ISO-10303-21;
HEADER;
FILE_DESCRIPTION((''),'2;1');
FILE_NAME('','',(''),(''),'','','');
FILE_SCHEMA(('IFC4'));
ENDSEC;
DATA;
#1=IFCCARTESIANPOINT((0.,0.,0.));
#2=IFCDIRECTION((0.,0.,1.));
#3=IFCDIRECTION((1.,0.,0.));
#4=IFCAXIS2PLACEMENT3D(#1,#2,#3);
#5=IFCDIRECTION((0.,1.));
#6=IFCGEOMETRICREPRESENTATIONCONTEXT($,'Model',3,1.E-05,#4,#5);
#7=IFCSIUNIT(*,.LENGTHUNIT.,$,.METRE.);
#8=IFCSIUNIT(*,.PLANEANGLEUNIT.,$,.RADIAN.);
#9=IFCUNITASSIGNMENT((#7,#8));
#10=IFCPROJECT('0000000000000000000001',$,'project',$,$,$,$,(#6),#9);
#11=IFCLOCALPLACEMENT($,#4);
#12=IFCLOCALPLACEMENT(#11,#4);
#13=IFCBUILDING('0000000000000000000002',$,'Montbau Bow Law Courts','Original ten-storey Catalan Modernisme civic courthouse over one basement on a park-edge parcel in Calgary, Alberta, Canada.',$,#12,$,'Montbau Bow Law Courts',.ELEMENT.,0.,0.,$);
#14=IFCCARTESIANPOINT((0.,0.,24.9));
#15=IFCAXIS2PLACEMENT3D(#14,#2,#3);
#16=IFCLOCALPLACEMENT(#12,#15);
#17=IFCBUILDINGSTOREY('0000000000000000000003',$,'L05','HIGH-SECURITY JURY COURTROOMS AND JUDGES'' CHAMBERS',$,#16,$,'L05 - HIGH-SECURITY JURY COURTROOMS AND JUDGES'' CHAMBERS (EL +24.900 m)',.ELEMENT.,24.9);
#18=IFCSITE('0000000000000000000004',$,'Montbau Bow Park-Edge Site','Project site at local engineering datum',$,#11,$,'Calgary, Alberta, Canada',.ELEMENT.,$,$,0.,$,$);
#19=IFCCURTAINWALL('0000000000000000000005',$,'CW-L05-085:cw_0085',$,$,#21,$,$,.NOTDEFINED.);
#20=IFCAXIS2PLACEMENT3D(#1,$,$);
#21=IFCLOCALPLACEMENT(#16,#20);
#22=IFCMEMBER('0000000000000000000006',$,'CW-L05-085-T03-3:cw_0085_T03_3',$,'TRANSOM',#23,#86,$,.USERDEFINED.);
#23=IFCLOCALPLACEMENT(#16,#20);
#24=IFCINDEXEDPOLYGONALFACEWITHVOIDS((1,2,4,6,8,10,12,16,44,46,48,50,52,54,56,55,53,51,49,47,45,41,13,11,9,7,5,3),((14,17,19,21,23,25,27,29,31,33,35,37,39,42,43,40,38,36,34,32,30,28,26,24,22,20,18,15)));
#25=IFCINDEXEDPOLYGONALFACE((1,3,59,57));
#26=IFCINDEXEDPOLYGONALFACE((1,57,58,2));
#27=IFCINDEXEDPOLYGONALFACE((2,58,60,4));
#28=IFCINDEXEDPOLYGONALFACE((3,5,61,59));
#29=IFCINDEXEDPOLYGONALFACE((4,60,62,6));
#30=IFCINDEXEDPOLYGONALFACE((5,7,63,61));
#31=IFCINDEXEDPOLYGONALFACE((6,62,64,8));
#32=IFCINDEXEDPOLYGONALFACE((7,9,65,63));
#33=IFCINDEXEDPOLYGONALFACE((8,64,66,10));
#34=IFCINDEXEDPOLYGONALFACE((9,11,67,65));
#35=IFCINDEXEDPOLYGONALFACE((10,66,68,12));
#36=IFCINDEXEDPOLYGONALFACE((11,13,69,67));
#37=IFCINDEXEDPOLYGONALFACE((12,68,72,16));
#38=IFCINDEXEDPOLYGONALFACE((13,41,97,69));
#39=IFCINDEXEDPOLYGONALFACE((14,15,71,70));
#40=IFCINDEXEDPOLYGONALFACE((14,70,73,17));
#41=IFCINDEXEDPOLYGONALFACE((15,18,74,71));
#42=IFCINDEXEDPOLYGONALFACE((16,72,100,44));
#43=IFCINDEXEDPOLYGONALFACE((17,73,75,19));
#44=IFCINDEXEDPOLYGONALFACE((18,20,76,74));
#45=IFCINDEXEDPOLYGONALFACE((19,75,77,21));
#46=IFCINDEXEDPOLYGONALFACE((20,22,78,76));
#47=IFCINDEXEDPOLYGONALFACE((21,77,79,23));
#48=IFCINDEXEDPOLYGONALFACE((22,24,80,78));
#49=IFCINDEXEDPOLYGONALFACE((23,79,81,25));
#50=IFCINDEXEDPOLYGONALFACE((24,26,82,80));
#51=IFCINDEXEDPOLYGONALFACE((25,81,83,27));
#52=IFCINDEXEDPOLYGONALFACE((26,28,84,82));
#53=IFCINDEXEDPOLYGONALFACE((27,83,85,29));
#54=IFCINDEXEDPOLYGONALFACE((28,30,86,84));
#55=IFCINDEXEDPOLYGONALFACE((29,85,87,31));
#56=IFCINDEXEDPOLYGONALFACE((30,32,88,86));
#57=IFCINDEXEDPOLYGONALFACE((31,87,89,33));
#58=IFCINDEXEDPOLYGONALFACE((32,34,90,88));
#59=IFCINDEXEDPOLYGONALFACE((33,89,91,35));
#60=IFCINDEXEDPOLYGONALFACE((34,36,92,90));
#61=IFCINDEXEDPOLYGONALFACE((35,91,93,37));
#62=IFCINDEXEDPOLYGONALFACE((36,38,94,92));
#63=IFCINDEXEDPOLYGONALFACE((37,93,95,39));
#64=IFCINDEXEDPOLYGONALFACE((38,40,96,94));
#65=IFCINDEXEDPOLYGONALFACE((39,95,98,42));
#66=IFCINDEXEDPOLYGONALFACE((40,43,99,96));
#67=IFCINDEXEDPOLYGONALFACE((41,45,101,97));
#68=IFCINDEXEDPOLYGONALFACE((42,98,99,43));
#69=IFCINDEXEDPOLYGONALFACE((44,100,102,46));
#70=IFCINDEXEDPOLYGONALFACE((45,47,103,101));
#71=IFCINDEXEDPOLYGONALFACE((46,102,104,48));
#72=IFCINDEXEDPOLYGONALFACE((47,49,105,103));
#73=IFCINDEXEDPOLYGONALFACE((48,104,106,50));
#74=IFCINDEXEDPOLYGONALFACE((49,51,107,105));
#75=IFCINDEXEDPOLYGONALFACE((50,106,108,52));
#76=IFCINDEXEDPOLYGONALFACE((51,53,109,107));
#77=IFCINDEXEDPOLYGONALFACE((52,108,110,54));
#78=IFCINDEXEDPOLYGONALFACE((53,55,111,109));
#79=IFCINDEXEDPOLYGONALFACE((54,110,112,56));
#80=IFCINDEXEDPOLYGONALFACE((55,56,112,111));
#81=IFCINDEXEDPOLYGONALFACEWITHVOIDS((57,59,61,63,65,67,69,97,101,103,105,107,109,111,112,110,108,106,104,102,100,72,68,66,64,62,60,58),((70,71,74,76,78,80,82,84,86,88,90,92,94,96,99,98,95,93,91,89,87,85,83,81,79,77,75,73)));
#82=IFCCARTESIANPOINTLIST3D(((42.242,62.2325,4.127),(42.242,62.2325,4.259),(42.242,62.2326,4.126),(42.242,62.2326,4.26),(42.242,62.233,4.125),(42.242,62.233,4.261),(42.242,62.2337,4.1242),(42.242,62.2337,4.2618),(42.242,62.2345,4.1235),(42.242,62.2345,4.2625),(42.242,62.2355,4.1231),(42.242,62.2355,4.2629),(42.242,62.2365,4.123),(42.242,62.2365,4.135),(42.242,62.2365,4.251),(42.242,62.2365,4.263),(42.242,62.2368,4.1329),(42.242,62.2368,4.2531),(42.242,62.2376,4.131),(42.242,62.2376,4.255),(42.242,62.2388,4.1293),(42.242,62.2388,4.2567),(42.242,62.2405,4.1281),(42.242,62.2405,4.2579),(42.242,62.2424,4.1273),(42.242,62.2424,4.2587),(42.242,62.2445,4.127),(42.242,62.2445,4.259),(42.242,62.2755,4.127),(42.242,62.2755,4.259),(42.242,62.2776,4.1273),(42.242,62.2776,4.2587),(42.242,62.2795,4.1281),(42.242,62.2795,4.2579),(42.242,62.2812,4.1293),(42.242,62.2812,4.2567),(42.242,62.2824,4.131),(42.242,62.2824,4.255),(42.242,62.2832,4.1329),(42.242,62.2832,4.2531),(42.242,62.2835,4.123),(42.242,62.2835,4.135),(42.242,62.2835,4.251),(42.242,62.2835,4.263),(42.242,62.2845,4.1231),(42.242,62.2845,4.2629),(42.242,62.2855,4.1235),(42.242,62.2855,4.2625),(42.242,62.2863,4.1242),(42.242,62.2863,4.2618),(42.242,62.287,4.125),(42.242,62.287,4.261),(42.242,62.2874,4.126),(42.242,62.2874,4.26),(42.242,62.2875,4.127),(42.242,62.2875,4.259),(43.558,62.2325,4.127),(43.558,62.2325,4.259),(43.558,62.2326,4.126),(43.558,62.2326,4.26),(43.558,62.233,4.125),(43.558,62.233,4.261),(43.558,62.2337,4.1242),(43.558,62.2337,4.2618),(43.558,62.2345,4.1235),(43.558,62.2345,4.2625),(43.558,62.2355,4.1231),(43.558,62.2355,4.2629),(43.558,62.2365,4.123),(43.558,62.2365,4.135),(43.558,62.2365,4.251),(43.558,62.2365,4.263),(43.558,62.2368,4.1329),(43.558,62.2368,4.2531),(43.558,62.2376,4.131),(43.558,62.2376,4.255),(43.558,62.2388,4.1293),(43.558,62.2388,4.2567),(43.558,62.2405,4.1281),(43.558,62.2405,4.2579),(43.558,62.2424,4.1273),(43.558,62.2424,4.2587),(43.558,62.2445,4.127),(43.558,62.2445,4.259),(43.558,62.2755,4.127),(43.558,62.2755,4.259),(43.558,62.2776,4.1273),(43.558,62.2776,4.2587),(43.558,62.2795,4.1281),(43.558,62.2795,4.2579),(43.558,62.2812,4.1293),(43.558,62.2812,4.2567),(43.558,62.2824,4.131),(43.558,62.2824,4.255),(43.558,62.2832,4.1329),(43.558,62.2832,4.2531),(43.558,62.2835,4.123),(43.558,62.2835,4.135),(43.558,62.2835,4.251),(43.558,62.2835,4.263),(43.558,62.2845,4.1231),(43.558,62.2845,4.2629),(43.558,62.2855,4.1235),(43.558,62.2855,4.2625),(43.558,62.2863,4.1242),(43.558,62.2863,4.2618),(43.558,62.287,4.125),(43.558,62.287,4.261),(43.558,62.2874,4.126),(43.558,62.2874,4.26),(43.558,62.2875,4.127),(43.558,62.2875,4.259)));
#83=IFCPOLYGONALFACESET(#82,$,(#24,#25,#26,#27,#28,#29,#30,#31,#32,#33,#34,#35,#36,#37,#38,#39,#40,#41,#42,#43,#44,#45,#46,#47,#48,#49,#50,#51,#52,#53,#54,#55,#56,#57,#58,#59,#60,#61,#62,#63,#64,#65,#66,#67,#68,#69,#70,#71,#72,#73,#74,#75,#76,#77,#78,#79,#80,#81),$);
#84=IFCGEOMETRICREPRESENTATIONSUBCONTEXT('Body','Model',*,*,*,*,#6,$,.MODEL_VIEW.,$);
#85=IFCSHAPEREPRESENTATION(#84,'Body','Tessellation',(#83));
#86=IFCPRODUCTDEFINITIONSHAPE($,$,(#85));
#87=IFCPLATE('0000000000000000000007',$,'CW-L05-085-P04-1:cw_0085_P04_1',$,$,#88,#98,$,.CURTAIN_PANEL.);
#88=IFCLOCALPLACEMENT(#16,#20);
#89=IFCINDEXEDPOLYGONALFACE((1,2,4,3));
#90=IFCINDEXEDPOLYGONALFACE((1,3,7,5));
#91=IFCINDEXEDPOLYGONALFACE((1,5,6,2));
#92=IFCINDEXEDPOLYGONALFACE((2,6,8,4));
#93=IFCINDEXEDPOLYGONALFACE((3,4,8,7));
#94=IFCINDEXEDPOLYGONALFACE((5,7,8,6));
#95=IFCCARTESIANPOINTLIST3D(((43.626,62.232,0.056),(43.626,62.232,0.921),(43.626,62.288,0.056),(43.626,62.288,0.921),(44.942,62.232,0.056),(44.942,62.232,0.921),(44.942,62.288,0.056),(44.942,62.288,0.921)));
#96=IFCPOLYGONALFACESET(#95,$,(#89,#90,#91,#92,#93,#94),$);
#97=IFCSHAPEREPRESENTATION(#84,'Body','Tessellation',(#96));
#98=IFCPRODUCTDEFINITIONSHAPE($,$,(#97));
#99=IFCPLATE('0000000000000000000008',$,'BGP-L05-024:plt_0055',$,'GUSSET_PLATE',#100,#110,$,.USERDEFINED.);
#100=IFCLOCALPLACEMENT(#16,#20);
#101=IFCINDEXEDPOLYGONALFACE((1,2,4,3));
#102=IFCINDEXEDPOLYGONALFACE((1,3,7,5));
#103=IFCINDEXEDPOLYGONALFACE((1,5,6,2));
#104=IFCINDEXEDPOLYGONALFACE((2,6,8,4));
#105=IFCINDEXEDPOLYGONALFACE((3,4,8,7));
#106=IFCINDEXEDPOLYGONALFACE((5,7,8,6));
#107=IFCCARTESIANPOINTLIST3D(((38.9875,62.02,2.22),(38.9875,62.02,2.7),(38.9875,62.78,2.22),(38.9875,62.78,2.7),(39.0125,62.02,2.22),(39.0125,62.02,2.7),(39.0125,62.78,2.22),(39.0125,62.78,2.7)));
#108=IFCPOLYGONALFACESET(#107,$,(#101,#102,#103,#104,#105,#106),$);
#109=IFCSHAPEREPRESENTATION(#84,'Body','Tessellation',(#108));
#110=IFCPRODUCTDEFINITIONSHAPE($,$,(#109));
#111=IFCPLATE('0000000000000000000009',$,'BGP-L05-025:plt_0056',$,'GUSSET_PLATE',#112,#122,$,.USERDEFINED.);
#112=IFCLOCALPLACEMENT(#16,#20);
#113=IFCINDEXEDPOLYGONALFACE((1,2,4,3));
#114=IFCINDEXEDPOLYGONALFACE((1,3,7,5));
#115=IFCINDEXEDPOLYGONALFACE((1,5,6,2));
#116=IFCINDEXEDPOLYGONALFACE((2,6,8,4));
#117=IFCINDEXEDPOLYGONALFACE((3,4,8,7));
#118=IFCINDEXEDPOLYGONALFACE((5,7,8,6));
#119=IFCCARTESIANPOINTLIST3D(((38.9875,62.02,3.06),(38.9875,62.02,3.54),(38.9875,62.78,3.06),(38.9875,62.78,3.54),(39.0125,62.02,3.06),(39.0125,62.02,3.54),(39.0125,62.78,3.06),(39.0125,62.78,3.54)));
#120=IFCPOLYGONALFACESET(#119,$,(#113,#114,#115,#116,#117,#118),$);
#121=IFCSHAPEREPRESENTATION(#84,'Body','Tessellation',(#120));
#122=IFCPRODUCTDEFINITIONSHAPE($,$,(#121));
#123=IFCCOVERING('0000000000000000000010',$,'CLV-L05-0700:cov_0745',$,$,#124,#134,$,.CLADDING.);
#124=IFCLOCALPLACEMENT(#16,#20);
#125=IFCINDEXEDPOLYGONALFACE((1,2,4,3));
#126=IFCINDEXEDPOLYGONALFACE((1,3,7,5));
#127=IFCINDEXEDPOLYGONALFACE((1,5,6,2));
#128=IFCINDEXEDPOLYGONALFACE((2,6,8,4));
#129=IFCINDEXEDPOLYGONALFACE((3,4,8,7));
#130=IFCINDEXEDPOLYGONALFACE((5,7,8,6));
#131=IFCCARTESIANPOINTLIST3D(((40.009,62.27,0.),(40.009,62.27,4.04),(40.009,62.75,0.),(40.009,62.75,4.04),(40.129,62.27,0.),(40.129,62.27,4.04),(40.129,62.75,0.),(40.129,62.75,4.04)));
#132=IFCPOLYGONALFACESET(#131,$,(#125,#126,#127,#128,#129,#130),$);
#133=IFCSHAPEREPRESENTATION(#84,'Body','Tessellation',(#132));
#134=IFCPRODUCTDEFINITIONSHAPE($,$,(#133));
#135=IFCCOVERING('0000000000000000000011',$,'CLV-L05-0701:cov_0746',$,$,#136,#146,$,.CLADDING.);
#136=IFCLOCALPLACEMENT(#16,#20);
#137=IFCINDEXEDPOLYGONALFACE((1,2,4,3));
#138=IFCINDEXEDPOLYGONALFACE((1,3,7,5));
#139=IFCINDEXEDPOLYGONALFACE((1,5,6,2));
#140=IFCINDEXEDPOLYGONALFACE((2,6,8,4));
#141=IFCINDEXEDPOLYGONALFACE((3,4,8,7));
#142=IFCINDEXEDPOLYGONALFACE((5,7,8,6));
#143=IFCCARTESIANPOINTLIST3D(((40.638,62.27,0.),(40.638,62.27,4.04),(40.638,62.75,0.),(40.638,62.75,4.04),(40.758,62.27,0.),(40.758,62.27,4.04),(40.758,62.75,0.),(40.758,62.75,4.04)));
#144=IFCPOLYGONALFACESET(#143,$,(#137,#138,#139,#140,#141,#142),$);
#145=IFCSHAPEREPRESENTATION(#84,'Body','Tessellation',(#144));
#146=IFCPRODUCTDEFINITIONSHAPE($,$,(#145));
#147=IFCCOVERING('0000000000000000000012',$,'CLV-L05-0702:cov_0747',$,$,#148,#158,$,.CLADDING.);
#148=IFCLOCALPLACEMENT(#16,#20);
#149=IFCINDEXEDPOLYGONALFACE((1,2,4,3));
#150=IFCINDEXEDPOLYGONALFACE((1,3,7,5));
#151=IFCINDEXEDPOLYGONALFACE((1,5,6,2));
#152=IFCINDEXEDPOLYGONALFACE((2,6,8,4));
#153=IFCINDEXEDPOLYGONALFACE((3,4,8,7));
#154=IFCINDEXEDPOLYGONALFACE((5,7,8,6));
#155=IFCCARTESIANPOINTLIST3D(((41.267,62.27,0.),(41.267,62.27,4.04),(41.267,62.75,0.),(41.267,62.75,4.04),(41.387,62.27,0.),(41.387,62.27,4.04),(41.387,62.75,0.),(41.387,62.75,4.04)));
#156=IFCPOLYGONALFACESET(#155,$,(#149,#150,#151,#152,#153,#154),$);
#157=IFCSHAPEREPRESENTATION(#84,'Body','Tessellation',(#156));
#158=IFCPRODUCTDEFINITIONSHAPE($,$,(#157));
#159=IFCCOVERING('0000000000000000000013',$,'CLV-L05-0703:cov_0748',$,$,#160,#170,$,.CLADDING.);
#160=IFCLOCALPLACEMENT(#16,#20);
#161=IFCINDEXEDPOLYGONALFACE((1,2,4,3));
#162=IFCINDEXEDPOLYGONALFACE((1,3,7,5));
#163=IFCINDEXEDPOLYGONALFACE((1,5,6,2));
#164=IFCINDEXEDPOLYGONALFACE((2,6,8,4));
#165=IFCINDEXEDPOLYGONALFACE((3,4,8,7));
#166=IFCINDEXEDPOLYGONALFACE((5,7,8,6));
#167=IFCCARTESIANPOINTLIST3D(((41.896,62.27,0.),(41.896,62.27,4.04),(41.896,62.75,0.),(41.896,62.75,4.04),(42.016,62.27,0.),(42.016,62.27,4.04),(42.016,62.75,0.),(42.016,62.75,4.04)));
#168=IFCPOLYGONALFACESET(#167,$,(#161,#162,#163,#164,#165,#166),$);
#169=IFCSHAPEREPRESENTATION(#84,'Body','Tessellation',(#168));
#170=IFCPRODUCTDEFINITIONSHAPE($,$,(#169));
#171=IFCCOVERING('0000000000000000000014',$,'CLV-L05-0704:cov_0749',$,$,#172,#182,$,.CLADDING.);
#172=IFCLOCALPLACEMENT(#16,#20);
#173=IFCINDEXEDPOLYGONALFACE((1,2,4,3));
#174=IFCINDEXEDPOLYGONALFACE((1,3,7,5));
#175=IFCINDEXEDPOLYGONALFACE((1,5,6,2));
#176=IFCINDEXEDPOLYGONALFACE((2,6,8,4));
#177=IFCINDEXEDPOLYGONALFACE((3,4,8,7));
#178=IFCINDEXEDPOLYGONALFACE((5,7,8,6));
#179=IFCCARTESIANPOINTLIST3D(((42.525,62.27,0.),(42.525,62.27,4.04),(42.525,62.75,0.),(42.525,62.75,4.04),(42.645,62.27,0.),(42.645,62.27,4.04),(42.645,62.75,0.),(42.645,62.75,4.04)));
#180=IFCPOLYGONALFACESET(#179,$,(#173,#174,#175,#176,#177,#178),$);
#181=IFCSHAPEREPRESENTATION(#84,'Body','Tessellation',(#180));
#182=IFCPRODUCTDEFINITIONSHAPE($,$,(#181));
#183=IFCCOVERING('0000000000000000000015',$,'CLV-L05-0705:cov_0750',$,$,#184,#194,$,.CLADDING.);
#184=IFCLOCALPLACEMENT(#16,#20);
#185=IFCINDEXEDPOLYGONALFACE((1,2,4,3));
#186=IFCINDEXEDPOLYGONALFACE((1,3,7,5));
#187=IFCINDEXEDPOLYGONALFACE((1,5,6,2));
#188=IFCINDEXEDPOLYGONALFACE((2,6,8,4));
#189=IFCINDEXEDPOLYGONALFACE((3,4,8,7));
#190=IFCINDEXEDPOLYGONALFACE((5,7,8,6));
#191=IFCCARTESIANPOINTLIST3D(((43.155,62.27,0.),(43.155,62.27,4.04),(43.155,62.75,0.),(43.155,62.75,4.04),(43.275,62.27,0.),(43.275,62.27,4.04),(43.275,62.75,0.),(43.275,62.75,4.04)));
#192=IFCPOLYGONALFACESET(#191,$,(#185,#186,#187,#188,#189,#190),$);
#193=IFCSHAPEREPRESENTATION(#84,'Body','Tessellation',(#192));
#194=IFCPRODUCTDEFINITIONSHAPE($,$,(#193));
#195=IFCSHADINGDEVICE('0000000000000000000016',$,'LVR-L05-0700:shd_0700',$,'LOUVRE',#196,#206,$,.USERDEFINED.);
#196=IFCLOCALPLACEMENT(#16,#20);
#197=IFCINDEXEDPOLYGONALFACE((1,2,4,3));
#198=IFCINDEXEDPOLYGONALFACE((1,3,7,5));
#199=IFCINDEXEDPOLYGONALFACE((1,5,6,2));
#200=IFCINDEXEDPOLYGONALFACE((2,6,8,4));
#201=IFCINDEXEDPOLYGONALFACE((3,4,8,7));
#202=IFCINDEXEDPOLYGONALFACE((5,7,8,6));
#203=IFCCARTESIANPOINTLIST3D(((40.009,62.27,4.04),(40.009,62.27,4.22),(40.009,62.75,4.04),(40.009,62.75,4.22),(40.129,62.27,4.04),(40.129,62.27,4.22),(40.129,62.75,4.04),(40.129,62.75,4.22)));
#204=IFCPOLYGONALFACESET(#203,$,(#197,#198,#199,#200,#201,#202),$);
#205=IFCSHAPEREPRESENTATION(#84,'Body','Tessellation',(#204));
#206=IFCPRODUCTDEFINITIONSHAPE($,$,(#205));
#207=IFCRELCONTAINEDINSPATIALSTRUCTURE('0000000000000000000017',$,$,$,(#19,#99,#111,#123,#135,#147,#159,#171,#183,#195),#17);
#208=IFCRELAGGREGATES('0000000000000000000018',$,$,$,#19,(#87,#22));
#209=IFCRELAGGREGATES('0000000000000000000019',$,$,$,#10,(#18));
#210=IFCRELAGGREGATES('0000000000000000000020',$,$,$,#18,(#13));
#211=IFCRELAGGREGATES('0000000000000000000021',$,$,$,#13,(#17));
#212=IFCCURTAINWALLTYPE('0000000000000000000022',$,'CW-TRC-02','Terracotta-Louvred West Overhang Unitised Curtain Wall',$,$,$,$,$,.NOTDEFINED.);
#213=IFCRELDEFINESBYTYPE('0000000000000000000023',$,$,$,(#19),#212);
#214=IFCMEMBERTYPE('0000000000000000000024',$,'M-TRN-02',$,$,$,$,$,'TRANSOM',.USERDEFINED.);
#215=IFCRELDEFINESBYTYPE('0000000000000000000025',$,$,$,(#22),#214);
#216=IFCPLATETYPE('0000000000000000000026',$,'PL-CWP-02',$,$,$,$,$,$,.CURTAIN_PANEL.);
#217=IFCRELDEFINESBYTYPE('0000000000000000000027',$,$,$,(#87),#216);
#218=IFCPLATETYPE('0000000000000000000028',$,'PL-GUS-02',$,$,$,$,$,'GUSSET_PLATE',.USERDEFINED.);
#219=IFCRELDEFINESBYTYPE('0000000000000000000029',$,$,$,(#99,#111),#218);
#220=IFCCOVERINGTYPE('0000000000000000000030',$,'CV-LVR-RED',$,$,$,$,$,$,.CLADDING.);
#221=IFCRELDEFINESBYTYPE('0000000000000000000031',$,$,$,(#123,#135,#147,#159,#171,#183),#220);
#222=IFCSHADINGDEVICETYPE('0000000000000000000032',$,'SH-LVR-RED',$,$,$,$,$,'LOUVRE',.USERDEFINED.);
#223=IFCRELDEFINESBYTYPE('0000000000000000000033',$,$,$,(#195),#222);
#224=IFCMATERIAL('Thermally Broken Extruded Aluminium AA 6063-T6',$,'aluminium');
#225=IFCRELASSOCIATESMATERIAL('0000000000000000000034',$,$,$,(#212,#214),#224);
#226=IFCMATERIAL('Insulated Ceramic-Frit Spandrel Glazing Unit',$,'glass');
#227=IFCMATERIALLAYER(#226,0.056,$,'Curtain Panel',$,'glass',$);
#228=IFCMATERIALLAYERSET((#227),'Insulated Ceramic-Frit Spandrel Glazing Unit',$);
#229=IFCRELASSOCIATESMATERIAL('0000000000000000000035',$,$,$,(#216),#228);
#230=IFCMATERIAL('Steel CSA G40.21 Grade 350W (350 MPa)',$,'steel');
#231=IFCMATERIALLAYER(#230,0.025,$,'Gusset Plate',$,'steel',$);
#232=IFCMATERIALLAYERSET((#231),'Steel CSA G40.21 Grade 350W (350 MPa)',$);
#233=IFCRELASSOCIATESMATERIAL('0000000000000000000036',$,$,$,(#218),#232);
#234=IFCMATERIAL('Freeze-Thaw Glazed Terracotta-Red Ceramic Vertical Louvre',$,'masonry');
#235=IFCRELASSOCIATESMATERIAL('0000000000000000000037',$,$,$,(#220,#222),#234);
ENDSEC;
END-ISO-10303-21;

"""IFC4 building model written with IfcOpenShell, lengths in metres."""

from ifc_helpers import new_model, si_unit, direction, frame, frame_2d, origin_with_axes, origin_2d_with_axis, place, context, subcontext, project, spatial, rectangle, hollow_rectangle, extrude, material, layer, layer_set, material_profile, profile_set, type_object, element, aggregate, save


model = new_model("IFC4")

# Units and contexts
model_context = context("Model", 3, precision=1e-05, world=origin_with_axes(), true_north=direction((0.0, 1.0)))
body_context = subcontext(model_context, "Body", "Model", "MODEL_VIEW")
ifc_project = project(units=[si_unit("LENGTHUNIT", "METRE"), si_unit("PLANEANGLEUNIT", "RADIAN")], contexts=[model_context])

# Site, building, storey
site_placement = place(None, origin_with_axes())
site = spatial("IfcSite", under=ifc_project, at=site_placement, Name="Montbau Bow Park-Edge Site", Description="Project site at local engineering datum", LongName="Calgary, Alberta, Canada", CompositionType="ELEMENT", RefElevation=0.0)
building_placement = place(site_placement, origin_with_axes())
building = spatial("IfcBuilding", under=site, at=building_placement, Name="Montbau Bow Law Courts", Description="Original ten-storey Catalan Modernisme civic courthouse over one basement on a park-edge parcel in Calgary, Alberta, Canada.", LongName="Montbau Bow Law Courts", CompositionType="ELEMENT", ElevationOfRefHeight=0.0, ElevationOfTerrain=0.0)
storey_placement = place(building_placement, frame((0.0, 0.0, 24.9), z_axis=(0.0, 0.0, 1.0), x_axis=(1.0, 0.0, 0.0)))
storey = spatial("IfcBuildingStorey", under=building, at=storey_placement, Name="L05", Description="HIGH-SECURITY JURY COURTROOMS AND JUDGES' CHAMBERS", LongName="L05 - HIGH-SECURITY JURY COURTROOMS AND JUDGES' CHAMBERS (EL +24.900 m)", CompositionType="ELEMENT", Elevation=24.9)

# Curtain wall, member, plate
ifc_material_1 = material(Name="Thermally Broken Extruded Aluminium AA 6063-T6", Category="aluminium")
curtain_wall_type = type_object("IfcCurtainWallType", Name="CW-TRC-02", Description="Terracotta-Louvred West Overhang Unitised Curtain Wall", PredefinedType="NOTDEFINED", material=ifc_material_1)
curtain_wall_placement = place(None, frame((39.44, 62.26, 24.9), z_axis=(0.0, 0.0, 1.0), x_axis=(1.0, 0.0, 0.0)))
curtain_wall = element("IfcCurtainWall", 1, at=curtain_wall_placement, inside=storey, type_object=curtain_wall_type, Name="CW-L05-085:cw_0085", PredefinedType="NOTDEFINED")
ifc_material_profile_1 = material_profile(ifc_material_1, hollow_rectangle(XDim=0.055, YDim=0.14, WallThickness=0.004, InnerFilletRadius=0.008, OuterFilletRadius=0.004, at=origin_2d_with_axis()), Name="CWT-140X55", Category="Main", Priority=0)
ifc_profile_set_1 = profile_set([ifc_material_profile_1], Name="Thermally Broken Extruded Aluminium AA 6063-T6")
member_type_1 = type_object("IfcMemberType", Name="M-TRN-02", ElementType="TRANSOM", PredefinedType="USERDEFINED", material=ifc_profile_set_1)
member_1_placement = place(None, frame((42.242, 62.26, 29.093), z_axis=(1.0, 0.0, 0.0), x_axis=(0.0, 1.0, 0.0)))
member_1 = element("IfcMember", 2, at=member_1_placement, type_object=member_type_1, Name="CW-L05-085-T03-3:cw_0085_T03_3", ObjectType="TRANSOM", PredefinedType="USERDEFINED", context=body_context, shape_type="SweptSolid", body=[
    extrude(hollow_rectangle(XDim=0.055, YDim=0.14, WallThickness=0.004, InnerFilletRadius=0.008, OuterFilletRadius=0.004, at=origin_2d_with_axis()), origin_with_axes(), (0.0, 0.0, 1.0), 1.316),
])
ifc_material_2 = material(Name="Insulated Ceramic-Frit Spandrel Glazing Unit", Category="glass")
ifc_layer_1 = layer(ifc_material_2, 0.056, Name="Curtain Panel", Category="glass")
ifc_layer_set_1 = layer_set([ifc_layer_1], Name="Insulated Ceramic-Frit Spandrel Glazing Unit")
plate_type_1 = type_object("IfcPlateType", Name="PL-CWP-02", PredefinedType="CURTAIN_PANEL", material=ifc_layer_set_1)
plate_placement = place(None, frame((43.626, 62.26, 24.956), z_axis=(0.0, -1.0, 0.0), x_axis=(1.0, 0.0, 0.0)))
plate = element("IfcPlate", 3, at=plate_placement, type_object=plate_type_1, Name="CW-L05-085-P04-1:cw_0085_P04_1", PredefinedType="CURTAIN_PANEL", context=body_context, shape_type="SweptSolid", body=[
    extrude(rectangle(XDim=1.316, YDim=0.865, at=frame_2d((0.658, 0.4325), x_axis=(1.0, 0.0))), frame((0.0, 0.0, -0.028), z_axis=(0.0, 0.0, 1.0), x_axis=(1.0, 0.0, 0.0)), (0.0, 0.0, 1.0), 0.056),
])
aggregate(curtain_wall, [plate, member_1])

# Plates
ifc_material_3 = material(Name="Steel CSA G40.21 Grade 350W (350 MPa)", Category="steel")
ifc_layer_2 = layer(ifc_material_3, 0.025, Name="Gusset Plate", Category="steel")
ifc_layer_set_2 = layer_set([ifc_layer_2], Name="Steel CSA G40.21 Grade 350W (350 MPa)")
plate_type_2 = type_object("IfcPlateType", Name="PL-GUS-02", ElementType="GUSSET_PLATE", PredefinedType="USERDEFINED", material=ifc_layer_set_2)
for number, where, z_axis, x_axis, name in (
    (4, (39.0, 62.4, 27.12), (0.0, 0.0, 1.0), (0.0, 1.0, 0.0), "BGP-L05-024:plt_0055"),
    (5, (39.0, 62.4, 27.96), (0.0, 0.0, 1.0), (0.0, 1.0, 0.0), "BGP-L05-025:plt_0056"),
):
    element("IfcPlate", number, at=place(None, frame(where, z_axis=z_axis, x_axis=x_axis)), inside=storey, type_object=plate_type_2, Name=name, ObjectType="GUSSET_PLATE", PredefinedType="USERDEFINED", context=body_context, shape_type="SweptSolid", body=[
        extrude(rectangle(XDim=0.76, YDim=0.025, at=origin_2d_with_axis()), origin_with_axes(), (0.0, 0.0, 1.0), 0.48),
    ])

# Coverings
ifc_material_4 = material(Name="Freeze-Thaw Glazed Terracotta-Red Ceramic Vertical Louvre", Category="masonry")
covering_type = type_object("IfcCoveringType", Name="CV-LVR-RED", PredefinedType="CLADDING", material=ifc_material_4)
for number, where, z_axis, x_axis, name in (
    (6, (40.069, 62.27, 24.9), (1.0, 0.0, 0.0), (0.0, 1.0, 0.0), "CLV-L05-0700:cov_0745"),
    (7, (40.698, 62.27, 24.9), (1.0, 0.0, 0.0), (0.0, 1.0, 0.0), "CLV-L05-0701:cov_0746"),
    (8, (41.327, 62.27, 24.9), (1.0, 0.0, 0.0), (0.0, 1.0, 0.0), "CLV-L05-0702:cov_0747"),
    (9, (41.956, 62.27, 24.9), (1.0, 0.0, 0.0), (0.0, 1.0, 0.0), "CLV-L05-0703:cov_0748"),
    (10, (42.585, 62.27, 24.9), (1.0, 0.0, 0.0), (0.0, 1.0, 0.0), "CLV-L05-0704:cov_0749"),
    (11, (43.215, 62.27, 24.9), (1.0, 0.0, 0.0), (0.0, 1.0, 0.0), "CLV-L05-0705:cov_0750"),
):
    element("IfcCovering", number, at=place(None, frame(where, z_axis=z_axis, x_axis=x_axis)), inside=storey, type_object=covering_type, Name=name, PredefinedType="CLADDING", context=body_context, shape_type="SweptSolid", body=[
        extrude(rectangle(XDim=0.48, YDim=4.04, at=frame_2d((0.24, 2.02), x_axis=(1.0, 0.0))), frame((0.0, 0.0, -0.06), z_axis=(0.0, 0.0, 1.0), x_axis=(1.0, 0.0, 0.0)), (0.0, 0.0, 1.0), 0.12),
    ])

# Shading device
shading_device_type = type_object("IfcShadingDeviceType", Name="SH-LVR-RED", ElementType="LOUVRE", PredefinedType="USERDEFINED", material=ifc_material_4)
for number, where, z_axis, x_axis, name in (
    (12, (40.069, 62.51, 28.94), (0.0, 0.0, 1.0), (0.0, 1.0, 0.0), "LVR-L05-0700:shd_0700"),
):
    element("IfcShadingDevice", number, at=place(None, frame(where, z_axis=z_axis, x_axis=x_axis)), inside=storey, type_object=shading_device_type, Name=name, ObjectType="LOUVRE", PredefinedType="USERDEFINED", context=body_context, shape_type="SweptSolid", body=[
        extrude(rectangle(XDim=0.48, YDim=0.12, at=origin_2d_with_axis()), origin_with_axes(), (0.0, 0.0, 1.0), 0.18),
    ])

save(model, "model.ifc")
